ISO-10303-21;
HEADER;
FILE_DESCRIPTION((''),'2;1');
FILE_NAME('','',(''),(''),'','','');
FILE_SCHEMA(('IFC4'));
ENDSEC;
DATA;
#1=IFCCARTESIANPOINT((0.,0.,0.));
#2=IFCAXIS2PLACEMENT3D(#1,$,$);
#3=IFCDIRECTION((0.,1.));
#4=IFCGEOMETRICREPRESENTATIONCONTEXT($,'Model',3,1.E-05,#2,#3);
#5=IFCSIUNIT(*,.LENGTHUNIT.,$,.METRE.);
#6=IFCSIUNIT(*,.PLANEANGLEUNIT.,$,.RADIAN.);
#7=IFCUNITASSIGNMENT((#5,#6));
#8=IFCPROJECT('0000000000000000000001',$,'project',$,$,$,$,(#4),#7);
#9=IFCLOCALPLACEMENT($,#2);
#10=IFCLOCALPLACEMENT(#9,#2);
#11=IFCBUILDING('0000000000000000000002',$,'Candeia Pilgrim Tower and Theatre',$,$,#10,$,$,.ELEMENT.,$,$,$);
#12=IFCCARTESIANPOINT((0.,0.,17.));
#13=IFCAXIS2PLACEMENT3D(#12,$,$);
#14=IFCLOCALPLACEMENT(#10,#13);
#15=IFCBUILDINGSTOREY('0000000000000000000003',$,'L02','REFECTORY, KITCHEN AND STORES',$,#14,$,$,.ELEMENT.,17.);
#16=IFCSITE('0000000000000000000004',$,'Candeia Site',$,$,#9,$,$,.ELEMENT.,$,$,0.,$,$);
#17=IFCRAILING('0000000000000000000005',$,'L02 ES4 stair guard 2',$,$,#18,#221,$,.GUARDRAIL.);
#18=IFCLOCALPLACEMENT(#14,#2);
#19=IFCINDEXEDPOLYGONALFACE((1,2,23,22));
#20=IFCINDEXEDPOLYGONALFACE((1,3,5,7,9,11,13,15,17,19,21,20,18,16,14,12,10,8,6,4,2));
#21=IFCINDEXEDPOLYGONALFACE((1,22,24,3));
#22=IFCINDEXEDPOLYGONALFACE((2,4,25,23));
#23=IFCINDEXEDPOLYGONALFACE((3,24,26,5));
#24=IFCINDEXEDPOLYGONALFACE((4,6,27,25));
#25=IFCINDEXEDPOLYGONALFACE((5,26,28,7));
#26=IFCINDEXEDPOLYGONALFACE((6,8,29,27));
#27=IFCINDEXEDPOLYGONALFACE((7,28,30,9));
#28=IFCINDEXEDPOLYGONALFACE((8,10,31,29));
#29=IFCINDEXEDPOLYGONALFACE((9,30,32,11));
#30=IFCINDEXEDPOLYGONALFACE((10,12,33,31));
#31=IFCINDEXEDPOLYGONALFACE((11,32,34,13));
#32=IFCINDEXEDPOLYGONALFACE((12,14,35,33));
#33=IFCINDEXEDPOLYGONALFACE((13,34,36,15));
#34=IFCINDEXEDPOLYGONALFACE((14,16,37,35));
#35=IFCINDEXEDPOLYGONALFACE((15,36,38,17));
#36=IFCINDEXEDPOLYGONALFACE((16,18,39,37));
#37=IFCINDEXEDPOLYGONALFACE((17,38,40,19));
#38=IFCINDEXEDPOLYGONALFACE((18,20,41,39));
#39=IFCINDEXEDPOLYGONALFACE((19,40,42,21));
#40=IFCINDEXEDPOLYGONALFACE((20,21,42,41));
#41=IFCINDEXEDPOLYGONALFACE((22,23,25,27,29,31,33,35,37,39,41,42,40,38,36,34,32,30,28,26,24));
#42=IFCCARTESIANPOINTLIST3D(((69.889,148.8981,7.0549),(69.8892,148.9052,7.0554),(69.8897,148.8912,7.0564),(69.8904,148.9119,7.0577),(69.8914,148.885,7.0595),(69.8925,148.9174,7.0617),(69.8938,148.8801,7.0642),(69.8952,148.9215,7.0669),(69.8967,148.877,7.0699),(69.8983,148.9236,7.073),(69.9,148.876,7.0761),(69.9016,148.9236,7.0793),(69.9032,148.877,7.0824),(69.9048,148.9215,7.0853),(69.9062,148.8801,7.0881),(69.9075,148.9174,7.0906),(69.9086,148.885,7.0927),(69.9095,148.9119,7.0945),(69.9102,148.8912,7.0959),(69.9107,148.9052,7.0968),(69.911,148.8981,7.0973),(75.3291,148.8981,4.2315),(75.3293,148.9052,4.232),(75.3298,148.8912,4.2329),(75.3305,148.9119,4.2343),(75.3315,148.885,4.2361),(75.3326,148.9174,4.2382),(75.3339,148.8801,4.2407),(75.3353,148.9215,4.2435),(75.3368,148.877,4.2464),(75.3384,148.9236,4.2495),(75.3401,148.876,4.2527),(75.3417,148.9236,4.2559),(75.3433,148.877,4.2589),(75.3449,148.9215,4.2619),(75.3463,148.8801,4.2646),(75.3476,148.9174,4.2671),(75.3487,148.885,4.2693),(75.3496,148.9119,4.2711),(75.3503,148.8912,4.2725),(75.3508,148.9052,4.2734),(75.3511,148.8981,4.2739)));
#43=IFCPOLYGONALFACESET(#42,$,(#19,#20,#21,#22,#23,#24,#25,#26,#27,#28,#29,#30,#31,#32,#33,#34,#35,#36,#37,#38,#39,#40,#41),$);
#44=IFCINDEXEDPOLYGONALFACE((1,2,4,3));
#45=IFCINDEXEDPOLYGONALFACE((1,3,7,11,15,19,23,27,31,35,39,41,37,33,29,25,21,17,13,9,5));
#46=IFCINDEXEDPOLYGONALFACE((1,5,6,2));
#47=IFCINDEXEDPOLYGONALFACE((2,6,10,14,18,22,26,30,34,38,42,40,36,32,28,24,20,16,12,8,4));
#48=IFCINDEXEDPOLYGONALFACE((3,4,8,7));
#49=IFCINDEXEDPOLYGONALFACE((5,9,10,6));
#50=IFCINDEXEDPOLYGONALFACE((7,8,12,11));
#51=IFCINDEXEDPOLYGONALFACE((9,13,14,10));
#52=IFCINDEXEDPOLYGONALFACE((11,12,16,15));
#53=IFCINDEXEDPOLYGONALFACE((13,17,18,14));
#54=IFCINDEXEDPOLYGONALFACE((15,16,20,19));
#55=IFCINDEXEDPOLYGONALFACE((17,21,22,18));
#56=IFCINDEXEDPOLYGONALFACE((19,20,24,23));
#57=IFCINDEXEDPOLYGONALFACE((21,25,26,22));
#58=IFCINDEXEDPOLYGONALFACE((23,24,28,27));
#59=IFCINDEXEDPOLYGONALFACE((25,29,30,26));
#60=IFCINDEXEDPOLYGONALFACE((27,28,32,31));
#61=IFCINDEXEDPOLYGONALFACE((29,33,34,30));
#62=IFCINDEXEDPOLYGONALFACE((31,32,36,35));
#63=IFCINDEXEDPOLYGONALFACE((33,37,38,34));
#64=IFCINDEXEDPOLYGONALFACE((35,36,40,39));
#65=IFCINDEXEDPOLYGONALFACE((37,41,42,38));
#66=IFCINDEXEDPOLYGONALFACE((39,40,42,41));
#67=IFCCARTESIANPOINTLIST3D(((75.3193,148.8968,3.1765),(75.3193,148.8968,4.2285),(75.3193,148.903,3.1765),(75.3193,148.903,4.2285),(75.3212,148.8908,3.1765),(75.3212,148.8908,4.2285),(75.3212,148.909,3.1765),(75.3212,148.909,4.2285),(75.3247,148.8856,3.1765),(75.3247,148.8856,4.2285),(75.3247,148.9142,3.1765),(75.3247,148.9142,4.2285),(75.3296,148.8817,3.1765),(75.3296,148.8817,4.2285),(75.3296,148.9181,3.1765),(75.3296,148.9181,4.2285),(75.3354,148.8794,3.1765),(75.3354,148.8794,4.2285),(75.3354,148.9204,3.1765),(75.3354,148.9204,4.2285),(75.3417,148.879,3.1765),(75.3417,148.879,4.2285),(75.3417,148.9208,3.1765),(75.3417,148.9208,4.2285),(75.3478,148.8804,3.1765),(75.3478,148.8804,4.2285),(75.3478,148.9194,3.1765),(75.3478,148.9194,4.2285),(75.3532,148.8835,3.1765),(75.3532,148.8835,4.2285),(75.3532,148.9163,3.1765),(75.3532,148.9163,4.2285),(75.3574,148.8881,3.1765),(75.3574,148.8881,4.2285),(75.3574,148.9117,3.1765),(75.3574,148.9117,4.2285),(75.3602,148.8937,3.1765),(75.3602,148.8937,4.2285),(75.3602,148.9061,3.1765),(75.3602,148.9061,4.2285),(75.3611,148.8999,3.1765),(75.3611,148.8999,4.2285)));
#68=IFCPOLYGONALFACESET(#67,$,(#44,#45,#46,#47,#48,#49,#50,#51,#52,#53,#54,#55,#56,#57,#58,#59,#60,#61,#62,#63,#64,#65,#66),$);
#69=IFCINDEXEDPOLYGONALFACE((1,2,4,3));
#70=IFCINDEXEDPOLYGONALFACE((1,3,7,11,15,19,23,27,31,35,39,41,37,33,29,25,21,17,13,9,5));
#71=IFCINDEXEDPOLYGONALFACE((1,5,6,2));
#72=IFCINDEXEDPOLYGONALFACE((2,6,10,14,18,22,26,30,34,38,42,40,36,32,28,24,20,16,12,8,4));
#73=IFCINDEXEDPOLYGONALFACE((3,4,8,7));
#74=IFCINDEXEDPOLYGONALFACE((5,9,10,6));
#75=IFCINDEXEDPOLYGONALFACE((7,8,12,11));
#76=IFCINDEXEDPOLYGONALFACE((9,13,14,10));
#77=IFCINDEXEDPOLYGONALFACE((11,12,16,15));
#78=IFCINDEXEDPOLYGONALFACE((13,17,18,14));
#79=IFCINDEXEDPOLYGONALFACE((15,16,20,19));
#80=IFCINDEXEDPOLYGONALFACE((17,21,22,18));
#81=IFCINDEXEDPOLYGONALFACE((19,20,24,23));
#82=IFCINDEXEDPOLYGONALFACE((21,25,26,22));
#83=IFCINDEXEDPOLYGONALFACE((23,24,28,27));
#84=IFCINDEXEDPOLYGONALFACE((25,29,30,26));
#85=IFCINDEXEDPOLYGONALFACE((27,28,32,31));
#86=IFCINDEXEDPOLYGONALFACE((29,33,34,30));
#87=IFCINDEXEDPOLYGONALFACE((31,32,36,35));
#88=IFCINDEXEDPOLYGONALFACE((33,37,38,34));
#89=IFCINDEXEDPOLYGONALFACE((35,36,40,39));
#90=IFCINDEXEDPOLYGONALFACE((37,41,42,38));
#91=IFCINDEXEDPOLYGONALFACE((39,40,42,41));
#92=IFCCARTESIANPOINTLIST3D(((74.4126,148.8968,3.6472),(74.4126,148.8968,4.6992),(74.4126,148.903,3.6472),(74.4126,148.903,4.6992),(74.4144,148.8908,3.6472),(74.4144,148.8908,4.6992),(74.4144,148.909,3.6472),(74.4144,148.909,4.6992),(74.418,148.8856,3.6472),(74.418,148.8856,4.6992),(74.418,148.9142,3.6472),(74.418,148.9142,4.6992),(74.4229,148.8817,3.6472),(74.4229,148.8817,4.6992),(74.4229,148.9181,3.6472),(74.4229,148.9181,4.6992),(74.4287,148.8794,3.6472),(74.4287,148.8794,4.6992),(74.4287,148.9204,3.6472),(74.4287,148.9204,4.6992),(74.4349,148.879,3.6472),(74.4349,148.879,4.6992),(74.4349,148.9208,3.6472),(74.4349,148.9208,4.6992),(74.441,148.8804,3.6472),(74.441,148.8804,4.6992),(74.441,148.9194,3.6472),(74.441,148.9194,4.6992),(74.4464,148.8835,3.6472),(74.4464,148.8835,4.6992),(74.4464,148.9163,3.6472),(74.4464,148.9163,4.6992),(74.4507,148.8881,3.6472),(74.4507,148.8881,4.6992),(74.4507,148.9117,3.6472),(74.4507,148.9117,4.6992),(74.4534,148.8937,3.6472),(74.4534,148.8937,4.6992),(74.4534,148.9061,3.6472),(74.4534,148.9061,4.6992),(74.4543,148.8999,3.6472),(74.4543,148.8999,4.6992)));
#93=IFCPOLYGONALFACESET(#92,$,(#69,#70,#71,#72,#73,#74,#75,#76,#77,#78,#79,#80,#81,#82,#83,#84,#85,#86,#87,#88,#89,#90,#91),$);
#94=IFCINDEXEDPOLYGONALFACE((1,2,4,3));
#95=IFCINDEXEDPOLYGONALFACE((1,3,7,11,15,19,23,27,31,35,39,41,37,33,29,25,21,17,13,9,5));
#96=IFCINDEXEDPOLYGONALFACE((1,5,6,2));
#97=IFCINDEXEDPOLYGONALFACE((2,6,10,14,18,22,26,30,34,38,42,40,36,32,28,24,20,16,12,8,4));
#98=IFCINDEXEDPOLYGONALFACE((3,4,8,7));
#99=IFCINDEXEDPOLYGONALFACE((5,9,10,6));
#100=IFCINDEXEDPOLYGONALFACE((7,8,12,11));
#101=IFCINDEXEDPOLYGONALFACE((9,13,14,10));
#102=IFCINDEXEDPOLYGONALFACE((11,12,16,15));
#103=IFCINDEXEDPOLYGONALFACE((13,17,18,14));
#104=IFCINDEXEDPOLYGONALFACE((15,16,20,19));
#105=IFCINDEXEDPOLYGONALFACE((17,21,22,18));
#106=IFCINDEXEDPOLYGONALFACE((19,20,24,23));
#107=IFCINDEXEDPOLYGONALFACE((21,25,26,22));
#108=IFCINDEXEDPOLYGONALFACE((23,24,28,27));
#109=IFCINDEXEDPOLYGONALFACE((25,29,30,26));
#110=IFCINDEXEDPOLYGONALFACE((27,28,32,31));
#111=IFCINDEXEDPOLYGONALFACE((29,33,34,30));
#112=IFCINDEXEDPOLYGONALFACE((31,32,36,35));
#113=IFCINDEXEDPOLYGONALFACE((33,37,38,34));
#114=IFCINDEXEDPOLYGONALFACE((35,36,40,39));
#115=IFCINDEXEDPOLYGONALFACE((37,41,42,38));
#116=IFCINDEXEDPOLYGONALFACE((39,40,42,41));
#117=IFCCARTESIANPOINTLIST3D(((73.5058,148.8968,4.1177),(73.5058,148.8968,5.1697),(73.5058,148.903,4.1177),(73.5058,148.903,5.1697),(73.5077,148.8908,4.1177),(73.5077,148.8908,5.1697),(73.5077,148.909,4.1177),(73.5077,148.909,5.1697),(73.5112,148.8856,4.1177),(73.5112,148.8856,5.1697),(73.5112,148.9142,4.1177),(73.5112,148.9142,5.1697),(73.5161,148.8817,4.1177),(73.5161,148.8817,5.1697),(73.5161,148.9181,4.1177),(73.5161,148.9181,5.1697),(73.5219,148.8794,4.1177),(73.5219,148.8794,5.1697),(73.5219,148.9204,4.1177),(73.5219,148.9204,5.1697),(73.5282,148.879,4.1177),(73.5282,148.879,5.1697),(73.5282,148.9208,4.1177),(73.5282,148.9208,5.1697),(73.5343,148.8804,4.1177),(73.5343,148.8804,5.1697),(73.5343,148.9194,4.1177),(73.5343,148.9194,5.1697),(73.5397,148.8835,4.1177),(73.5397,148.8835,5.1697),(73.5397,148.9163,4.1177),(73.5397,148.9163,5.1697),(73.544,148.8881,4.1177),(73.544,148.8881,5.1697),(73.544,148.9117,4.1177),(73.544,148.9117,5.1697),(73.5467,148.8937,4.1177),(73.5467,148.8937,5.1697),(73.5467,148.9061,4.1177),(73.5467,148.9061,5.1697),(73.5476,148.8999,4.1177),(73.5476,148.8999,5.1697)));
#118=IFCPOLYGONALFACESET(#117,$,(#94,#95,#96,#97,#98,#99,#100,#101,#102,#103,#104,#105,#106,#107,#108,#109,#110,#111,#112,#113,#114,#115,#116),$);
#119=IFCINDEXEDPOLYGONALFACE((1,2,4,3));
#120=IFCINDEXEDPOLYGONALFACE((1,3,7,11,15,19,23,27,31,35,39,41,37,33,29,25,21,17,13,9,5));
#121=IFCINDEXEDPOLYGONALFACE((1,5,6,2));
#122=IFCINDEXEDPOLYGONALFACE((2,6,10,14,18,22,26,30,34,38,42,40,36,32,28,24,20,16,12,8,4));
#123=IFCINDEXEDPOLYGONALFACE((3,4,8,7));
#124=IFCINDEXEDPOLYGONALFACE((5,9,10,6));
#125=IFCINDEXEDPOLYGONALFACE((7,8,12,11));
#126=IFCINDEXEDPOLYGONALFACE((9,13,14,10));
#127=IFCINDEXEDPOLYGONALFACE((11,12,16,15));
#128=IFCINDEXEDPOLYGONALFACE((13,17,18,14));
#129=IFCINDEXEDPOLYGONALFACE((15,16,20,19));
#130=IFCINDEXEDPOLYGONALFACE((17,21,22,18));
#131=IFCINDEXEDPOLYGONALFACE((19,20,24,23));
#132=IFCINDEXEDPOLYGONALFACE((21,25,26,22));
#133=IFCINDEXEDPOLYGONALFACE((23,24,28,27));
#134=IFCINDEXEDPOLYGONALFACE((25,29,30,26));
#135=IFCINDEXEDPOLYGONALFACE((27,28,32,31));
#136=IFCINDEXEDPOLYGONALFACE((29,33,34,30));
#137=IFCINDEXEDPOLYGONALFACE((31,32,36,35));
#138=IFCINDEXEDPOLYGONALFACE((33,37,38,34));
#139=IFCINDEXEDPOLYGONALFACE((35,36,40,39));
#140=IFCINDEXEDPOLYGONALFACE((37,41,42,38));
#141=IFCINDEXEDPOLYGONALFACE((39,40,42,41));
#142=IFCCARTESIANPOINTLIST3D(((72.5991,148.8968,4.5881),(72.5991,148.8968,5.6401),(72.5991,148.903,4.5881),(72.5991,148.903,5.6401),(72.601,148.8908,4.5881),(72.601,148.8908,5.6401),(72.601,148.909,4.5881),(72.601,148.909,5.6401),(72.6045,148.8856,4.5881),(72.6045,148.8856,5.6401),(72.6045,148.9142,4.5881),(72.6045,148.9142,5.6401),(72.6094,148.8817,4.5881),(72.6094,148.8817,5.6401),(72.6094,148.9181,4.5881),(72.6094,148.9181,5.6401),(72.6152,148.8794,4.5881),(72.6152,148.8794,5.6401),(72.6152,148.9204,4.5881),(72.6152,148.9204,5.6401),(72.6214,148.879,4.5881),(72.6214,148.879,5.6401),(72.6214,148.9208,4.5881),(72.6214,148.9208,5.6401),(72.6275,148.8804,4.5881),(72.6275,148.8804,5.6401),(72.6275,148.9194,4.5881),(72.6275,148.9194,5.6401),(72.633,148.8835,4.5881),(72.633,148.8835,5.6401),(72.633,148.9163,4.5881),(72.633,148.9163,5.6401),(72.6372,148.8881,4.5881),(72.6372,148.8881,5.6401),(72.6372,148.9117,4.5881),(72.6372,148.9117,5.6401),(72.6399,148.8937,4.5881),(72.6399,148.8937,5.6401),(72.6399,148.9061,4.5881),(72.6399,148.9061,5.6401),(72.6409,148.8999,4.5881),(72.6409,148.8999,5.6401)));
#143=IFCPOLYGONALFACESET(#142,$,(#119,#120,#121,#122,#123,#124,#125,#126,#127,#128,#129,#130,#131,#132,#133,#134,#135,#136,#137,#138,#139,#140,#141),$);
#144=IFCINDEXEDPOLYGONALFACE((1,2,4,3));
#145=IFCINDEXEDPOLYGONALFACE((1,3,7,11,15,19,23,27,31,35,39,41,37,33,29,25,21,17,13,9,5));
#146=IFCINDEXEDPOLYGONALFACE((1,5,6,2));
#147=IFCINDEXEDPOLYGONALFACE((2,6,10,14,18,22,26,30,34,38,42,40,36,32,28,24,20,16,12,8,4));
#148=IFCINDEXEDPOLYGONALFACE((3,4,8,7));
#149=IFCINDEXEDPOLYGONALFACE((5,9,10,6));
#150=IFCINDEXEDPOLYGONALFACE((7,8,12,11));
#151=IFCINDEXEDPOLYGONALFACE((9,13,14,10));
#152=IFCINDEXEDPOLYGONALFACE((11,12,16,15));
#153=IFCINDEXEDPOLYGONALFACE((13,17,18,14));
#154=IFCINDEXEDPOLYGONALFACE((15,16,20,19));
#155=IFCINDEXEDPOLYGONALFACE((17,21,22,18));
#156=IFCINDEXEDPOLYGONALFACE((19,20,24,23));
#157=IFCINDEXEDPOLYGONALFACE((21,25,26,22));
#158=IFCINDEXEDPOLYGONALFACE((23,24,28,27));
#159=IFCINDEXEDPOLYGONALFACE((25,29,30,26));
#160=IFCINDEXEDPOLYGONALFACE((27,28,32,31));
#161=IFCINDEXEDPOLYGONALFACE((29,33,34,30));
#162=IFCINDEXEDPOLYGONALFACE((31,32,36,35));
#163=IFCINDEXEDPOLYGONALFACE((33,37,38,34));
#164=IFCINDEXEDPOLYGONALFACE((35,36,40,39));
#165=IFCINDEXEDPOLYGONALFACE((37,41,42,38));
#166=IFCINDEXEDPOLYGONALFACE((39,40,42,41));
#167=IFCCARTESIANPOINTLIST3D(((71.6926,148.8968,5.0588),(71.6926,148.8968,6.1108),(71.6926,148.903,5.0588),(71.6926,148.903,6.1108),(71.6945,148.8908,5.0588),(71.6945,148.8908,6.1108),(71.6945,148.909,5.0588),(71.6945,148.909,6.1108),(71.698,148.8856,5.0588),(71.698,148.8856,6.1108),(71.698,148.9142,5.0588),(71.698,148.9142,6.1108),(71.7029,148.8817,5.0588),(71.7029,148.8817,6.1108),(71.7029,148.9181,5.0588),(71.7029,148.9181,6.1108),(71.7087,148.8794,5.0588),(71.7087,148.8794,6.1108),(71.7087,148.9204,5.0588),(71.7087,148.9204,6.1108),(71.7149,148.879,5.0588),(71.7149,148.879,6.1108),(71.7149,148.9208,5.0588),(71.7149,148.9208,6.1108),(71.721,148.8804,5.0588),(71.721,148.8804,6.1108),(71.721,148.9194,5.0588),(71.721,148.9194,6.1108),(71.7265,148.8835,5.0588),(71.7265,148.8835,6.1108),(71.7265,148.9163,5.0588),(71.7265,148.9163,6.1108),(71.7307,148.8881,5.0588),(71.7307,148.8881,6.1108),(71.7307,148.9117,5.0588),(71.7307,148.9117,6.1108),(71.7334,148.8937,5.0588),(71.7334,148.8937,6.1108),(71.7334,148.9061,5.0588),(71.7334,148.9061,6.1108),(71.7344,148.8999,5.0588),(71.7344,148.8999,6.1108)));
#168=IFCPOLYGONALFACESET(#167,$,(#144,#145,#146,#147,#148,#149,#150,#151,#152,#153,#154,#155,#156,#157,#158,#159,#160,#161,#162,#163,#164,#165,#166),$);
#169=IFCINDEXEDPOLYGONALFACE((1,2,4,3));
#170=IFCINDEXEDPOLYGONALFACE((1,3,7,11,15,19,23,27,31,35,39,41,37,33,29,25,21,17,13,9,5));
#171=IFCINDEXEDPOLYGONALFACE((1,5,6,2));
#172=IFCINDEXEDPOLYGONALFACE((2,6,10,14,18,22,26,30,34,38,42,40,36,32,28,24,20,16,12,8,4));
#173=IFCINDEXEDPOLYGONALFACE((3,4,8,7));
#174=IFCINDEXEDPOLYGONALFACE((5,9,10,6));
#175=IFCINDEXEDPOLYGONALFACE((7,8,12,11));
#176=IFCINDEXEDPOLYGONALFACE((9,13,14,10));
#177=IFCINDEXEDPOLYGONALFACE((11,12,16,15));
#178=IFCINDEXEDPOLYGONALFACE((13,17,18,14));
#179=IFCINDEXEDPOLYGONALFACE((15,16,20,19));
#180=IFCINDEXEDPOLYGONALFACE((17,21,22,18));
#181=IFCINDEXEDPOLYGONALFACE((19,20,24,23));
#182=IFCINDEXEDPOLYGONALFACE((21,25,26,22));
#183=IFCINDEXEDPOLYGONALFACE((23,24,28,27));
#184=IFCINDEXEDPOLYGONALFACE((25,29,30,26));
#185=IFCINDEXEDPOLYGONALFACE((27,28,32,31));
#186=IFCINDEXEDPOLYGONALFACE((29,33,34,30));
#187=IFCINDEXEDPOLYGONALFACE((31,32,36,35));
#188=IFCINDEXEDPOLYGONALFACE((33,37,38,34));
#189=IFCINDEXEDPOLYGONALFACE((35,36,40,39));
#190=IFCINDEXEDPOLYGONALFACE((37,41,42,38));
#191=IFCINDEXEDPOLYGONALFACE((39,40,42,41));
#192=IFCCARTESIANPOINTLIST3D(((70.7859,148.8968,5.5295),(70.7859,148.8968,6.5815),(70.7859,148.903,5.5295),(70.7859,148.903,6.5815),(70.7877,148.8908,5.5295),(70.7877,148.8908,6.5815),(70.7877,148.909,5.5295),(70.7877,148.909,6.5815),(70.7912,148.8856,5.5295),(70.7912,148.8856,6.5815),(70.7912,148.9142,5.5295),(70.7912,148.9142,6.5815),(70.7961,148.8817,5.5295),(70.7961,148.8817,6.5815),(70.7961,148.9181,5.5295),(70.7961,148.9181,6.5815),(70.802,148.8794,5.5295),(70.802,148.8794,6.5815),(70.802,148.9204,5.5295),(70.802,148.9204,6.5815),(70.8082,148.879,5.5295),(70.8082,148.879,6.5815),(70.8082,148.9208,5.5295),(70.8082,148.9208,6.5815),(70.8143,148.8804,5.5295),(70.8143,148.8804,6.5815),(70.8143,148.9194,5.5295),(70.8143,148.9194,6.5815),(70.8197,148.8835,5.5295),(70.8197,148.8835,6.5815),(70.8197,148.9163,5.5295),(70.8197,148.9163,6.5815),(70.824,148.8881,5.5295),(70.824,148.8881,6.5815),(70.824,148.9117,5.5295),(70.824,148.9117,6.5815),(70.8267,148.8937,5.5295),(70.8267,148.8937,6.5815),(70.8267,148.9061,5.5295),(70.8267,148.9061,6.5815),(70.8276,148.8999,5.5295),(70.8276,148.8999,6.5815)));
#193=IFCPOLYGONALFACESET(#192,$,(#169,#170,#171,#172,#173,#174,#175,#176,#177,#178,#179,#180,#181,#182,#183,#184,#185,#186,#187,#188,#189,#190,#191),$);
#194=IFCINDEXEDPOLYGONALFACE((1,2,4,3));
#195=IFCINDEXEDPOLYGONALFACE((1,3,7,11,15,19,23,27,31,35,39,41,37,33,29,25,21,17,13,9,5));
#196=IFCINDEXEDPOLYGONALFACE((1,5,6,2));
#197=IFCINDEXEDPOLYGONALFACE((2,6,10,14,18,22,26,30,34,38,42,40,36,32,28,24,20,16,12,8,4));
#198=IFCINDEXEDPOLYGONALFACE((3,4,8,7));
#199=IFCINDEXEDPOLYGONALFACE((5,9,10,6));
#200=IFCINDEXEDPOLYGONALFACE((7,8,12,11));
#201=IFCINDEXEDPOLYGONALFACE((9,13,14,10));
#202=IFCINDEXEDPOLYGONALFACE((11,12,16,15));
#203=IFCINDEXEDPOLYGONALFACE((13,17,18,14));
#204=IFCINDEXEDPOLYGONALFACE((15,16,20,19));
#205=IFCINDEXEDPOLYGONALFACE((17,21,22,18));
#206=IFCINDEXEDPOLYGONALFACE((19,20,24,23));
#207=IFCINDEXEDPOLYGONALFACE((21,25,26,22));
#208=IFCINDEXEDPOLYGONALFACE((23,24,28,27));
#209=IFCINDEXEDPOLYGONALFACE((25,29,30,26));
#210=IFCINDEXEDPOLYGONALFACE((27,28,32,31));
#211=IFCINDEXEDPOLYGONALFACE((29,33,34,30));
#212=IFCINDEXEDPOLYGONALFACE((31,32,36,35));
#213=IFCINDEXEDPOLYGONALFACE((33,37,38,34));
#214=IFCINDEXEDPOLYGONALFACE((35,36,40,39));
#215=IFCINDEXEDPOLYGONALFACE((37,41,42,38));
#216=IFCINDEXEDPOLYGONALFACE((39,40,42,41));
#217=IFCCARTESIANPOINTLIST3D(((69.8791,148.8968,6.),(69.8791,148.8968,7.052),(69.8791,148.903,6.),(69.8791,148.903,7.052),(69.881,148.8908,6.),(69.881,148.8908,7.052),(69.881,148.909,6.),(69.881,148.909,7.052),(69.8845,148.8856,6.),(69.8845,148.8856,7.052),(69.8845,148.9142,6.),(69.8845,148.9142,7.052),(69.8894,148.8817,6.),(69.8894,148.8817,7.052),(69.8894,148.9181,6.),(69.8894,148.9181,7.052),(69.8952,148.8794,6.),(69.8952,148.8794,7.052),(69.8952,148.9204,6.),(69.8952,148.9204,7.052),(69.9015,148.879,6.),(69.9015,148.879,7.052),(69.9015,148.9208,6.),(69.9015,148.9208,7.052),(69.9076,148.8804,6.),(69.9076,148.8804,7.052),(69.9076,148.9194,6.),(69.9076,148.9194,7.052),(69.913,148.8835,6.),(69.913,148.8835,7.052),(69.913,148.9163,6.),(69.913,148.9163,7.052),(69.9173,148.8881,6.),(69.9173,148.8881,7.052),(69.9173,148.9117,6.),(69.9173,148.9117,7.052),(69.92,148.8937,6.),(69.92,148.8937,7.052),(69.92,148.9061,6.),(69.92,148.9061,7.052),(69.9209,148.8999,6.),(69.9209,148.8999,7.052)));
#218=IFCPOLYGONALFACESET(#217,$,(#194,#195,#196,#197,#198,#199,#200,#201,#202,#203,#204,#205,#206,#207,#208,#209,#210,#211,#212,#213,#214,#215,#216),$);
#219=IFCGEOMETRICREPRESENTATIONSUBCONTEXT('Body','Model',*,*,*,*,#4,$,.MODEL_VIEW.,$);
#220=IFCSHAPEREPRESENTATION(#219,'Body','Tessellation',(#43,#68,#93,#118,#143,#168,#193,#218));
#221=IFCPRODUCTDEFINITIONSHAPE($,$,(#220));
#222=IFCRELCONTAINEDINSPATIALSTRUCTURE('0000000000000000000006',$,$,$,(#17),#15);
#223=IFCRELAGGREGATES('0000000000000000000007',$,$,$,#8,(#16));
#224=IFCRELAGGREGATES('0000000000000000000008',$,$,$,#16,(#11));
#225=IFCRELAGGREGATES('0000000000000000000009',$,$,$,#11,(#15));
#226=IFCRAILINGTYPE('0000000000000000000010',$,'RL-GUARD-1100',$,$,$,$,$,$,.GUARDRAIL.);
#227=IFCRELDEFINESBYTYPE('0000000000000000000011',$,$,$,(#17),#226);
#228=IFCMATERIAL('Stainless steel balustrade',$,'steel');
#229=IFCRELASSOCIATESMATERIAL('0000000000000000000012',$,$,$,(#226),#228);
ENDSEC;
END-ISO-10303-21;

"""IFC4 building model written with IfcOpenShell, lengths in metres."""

from ifc_helpers import new_model, si_unit, direction, frame, origin, origin_2d, place, context, subcontext, project, spatial, circle, extrude, material, type_object, element, save


model = new_model("IFC4")

# Units and contexts
model_context = context("Model", 3, precision=1e-05, world=origin(), true_north=direction((0.0, 1.0)))
body_context = subcontext(model_context, "Body", "Model", "MODEL_VIEW")
ifc_project = project(units=[si_unit("LENGTHUNIT", "METRE"), si_unit("PLANEANGLEUNIT", "RADIAN")], contexts=[model_context])

# Site, building, storey
site_placement = place(None, origin())
site = spatial("IfcSite", under=ifc_project, at=site_placement, Name="Candeia Site", CompositionType="ELEMENT", RefElevation=0.0)
building_placement = place(site_placement, origin())
building = spatial("IfcBuilding", under=site, at=building_placement, Name="Candeia Pilgrim Tower and Theatre", CompositionType="ELEMENT")
storey_placement = place(building_placement, frame((0.0, 0.0, 17.0)))
storey = spatial("IfcBuildingStorey", under=building, at=storey_placement, Name="L02", Description="REFECTORY, KITCHEN AND STORES", CompositionType="ELEMENT", Elevation=17.0)

# Railing
ifc_material_1 = material(Name="Stainless steel balustrade", Category="steel")
railing_type_1 = type_object("IfcRailingType", Name="RL-GUARD-1100", PredefinedType="GUARDRAIL", material=ifc_material_1)
railing_1_placement = place(storey_placement, frame((75.3401, 148.8999, 3.1765)))
element("IfcRailing", 1, at=railing_1_placement, inside=storey, type_object=railing_type_1, Name="L02 ES4 stair guard 2", PredefinedType="GUARDRAIL", context=body_context, shape_type="SweptSolid", body=[
    extrude(circle(Radius=0.0239, at=origin_2d()), frame((0.0, 0.0, 1.0762), z_axis=(-0.887578, 0.0, 0.460658), x_axis=(0.0, -1.0, 0.0)), (0.0, 0.0, 1.0), 6.1292),
    extrude(circle(Radius=0.021, at=origin_2d()), origin(), (0.0, 0.0, 1.0), 1.052),
    extrude(circle(Radius=0.021, at=origin_2d()), frame((-0.9067, 0.0, 0.4707)), (0.0, 0.0, 1.0), 1.052),
    extrude(circle(Radius=0.021, at=origin_2d()), frame((-1.8135, 0.0, 0.9412)), (0.0, 0.0, 1.0), 1.052),
    extrude(circle(Radius=0.021, at=origin_2d()), frame((-2.7202, 0.0, 1.4116)), (0.0, 0.0, 1.0), 1.052),
    extrude(circle(Radius=0.021, at=origin_2d()), frame((-3.6267, 0.0, 1.8823)), (0.0, 0.0, 1.0), 1.052),
    extrude(circle(Radius=0.021, at=origin_2d()), frame((-4.5334, 0.0, 2.353)), (0.0, 0.0, 1.0), 1.052),
    extrude(circle(Radius=0.021, at=origin_2d()), frame((-5.4402, 0.0, 2.8235)), (0.0, 0.0, 1.0), 1.052),
])

save(model, "model.ifc")
